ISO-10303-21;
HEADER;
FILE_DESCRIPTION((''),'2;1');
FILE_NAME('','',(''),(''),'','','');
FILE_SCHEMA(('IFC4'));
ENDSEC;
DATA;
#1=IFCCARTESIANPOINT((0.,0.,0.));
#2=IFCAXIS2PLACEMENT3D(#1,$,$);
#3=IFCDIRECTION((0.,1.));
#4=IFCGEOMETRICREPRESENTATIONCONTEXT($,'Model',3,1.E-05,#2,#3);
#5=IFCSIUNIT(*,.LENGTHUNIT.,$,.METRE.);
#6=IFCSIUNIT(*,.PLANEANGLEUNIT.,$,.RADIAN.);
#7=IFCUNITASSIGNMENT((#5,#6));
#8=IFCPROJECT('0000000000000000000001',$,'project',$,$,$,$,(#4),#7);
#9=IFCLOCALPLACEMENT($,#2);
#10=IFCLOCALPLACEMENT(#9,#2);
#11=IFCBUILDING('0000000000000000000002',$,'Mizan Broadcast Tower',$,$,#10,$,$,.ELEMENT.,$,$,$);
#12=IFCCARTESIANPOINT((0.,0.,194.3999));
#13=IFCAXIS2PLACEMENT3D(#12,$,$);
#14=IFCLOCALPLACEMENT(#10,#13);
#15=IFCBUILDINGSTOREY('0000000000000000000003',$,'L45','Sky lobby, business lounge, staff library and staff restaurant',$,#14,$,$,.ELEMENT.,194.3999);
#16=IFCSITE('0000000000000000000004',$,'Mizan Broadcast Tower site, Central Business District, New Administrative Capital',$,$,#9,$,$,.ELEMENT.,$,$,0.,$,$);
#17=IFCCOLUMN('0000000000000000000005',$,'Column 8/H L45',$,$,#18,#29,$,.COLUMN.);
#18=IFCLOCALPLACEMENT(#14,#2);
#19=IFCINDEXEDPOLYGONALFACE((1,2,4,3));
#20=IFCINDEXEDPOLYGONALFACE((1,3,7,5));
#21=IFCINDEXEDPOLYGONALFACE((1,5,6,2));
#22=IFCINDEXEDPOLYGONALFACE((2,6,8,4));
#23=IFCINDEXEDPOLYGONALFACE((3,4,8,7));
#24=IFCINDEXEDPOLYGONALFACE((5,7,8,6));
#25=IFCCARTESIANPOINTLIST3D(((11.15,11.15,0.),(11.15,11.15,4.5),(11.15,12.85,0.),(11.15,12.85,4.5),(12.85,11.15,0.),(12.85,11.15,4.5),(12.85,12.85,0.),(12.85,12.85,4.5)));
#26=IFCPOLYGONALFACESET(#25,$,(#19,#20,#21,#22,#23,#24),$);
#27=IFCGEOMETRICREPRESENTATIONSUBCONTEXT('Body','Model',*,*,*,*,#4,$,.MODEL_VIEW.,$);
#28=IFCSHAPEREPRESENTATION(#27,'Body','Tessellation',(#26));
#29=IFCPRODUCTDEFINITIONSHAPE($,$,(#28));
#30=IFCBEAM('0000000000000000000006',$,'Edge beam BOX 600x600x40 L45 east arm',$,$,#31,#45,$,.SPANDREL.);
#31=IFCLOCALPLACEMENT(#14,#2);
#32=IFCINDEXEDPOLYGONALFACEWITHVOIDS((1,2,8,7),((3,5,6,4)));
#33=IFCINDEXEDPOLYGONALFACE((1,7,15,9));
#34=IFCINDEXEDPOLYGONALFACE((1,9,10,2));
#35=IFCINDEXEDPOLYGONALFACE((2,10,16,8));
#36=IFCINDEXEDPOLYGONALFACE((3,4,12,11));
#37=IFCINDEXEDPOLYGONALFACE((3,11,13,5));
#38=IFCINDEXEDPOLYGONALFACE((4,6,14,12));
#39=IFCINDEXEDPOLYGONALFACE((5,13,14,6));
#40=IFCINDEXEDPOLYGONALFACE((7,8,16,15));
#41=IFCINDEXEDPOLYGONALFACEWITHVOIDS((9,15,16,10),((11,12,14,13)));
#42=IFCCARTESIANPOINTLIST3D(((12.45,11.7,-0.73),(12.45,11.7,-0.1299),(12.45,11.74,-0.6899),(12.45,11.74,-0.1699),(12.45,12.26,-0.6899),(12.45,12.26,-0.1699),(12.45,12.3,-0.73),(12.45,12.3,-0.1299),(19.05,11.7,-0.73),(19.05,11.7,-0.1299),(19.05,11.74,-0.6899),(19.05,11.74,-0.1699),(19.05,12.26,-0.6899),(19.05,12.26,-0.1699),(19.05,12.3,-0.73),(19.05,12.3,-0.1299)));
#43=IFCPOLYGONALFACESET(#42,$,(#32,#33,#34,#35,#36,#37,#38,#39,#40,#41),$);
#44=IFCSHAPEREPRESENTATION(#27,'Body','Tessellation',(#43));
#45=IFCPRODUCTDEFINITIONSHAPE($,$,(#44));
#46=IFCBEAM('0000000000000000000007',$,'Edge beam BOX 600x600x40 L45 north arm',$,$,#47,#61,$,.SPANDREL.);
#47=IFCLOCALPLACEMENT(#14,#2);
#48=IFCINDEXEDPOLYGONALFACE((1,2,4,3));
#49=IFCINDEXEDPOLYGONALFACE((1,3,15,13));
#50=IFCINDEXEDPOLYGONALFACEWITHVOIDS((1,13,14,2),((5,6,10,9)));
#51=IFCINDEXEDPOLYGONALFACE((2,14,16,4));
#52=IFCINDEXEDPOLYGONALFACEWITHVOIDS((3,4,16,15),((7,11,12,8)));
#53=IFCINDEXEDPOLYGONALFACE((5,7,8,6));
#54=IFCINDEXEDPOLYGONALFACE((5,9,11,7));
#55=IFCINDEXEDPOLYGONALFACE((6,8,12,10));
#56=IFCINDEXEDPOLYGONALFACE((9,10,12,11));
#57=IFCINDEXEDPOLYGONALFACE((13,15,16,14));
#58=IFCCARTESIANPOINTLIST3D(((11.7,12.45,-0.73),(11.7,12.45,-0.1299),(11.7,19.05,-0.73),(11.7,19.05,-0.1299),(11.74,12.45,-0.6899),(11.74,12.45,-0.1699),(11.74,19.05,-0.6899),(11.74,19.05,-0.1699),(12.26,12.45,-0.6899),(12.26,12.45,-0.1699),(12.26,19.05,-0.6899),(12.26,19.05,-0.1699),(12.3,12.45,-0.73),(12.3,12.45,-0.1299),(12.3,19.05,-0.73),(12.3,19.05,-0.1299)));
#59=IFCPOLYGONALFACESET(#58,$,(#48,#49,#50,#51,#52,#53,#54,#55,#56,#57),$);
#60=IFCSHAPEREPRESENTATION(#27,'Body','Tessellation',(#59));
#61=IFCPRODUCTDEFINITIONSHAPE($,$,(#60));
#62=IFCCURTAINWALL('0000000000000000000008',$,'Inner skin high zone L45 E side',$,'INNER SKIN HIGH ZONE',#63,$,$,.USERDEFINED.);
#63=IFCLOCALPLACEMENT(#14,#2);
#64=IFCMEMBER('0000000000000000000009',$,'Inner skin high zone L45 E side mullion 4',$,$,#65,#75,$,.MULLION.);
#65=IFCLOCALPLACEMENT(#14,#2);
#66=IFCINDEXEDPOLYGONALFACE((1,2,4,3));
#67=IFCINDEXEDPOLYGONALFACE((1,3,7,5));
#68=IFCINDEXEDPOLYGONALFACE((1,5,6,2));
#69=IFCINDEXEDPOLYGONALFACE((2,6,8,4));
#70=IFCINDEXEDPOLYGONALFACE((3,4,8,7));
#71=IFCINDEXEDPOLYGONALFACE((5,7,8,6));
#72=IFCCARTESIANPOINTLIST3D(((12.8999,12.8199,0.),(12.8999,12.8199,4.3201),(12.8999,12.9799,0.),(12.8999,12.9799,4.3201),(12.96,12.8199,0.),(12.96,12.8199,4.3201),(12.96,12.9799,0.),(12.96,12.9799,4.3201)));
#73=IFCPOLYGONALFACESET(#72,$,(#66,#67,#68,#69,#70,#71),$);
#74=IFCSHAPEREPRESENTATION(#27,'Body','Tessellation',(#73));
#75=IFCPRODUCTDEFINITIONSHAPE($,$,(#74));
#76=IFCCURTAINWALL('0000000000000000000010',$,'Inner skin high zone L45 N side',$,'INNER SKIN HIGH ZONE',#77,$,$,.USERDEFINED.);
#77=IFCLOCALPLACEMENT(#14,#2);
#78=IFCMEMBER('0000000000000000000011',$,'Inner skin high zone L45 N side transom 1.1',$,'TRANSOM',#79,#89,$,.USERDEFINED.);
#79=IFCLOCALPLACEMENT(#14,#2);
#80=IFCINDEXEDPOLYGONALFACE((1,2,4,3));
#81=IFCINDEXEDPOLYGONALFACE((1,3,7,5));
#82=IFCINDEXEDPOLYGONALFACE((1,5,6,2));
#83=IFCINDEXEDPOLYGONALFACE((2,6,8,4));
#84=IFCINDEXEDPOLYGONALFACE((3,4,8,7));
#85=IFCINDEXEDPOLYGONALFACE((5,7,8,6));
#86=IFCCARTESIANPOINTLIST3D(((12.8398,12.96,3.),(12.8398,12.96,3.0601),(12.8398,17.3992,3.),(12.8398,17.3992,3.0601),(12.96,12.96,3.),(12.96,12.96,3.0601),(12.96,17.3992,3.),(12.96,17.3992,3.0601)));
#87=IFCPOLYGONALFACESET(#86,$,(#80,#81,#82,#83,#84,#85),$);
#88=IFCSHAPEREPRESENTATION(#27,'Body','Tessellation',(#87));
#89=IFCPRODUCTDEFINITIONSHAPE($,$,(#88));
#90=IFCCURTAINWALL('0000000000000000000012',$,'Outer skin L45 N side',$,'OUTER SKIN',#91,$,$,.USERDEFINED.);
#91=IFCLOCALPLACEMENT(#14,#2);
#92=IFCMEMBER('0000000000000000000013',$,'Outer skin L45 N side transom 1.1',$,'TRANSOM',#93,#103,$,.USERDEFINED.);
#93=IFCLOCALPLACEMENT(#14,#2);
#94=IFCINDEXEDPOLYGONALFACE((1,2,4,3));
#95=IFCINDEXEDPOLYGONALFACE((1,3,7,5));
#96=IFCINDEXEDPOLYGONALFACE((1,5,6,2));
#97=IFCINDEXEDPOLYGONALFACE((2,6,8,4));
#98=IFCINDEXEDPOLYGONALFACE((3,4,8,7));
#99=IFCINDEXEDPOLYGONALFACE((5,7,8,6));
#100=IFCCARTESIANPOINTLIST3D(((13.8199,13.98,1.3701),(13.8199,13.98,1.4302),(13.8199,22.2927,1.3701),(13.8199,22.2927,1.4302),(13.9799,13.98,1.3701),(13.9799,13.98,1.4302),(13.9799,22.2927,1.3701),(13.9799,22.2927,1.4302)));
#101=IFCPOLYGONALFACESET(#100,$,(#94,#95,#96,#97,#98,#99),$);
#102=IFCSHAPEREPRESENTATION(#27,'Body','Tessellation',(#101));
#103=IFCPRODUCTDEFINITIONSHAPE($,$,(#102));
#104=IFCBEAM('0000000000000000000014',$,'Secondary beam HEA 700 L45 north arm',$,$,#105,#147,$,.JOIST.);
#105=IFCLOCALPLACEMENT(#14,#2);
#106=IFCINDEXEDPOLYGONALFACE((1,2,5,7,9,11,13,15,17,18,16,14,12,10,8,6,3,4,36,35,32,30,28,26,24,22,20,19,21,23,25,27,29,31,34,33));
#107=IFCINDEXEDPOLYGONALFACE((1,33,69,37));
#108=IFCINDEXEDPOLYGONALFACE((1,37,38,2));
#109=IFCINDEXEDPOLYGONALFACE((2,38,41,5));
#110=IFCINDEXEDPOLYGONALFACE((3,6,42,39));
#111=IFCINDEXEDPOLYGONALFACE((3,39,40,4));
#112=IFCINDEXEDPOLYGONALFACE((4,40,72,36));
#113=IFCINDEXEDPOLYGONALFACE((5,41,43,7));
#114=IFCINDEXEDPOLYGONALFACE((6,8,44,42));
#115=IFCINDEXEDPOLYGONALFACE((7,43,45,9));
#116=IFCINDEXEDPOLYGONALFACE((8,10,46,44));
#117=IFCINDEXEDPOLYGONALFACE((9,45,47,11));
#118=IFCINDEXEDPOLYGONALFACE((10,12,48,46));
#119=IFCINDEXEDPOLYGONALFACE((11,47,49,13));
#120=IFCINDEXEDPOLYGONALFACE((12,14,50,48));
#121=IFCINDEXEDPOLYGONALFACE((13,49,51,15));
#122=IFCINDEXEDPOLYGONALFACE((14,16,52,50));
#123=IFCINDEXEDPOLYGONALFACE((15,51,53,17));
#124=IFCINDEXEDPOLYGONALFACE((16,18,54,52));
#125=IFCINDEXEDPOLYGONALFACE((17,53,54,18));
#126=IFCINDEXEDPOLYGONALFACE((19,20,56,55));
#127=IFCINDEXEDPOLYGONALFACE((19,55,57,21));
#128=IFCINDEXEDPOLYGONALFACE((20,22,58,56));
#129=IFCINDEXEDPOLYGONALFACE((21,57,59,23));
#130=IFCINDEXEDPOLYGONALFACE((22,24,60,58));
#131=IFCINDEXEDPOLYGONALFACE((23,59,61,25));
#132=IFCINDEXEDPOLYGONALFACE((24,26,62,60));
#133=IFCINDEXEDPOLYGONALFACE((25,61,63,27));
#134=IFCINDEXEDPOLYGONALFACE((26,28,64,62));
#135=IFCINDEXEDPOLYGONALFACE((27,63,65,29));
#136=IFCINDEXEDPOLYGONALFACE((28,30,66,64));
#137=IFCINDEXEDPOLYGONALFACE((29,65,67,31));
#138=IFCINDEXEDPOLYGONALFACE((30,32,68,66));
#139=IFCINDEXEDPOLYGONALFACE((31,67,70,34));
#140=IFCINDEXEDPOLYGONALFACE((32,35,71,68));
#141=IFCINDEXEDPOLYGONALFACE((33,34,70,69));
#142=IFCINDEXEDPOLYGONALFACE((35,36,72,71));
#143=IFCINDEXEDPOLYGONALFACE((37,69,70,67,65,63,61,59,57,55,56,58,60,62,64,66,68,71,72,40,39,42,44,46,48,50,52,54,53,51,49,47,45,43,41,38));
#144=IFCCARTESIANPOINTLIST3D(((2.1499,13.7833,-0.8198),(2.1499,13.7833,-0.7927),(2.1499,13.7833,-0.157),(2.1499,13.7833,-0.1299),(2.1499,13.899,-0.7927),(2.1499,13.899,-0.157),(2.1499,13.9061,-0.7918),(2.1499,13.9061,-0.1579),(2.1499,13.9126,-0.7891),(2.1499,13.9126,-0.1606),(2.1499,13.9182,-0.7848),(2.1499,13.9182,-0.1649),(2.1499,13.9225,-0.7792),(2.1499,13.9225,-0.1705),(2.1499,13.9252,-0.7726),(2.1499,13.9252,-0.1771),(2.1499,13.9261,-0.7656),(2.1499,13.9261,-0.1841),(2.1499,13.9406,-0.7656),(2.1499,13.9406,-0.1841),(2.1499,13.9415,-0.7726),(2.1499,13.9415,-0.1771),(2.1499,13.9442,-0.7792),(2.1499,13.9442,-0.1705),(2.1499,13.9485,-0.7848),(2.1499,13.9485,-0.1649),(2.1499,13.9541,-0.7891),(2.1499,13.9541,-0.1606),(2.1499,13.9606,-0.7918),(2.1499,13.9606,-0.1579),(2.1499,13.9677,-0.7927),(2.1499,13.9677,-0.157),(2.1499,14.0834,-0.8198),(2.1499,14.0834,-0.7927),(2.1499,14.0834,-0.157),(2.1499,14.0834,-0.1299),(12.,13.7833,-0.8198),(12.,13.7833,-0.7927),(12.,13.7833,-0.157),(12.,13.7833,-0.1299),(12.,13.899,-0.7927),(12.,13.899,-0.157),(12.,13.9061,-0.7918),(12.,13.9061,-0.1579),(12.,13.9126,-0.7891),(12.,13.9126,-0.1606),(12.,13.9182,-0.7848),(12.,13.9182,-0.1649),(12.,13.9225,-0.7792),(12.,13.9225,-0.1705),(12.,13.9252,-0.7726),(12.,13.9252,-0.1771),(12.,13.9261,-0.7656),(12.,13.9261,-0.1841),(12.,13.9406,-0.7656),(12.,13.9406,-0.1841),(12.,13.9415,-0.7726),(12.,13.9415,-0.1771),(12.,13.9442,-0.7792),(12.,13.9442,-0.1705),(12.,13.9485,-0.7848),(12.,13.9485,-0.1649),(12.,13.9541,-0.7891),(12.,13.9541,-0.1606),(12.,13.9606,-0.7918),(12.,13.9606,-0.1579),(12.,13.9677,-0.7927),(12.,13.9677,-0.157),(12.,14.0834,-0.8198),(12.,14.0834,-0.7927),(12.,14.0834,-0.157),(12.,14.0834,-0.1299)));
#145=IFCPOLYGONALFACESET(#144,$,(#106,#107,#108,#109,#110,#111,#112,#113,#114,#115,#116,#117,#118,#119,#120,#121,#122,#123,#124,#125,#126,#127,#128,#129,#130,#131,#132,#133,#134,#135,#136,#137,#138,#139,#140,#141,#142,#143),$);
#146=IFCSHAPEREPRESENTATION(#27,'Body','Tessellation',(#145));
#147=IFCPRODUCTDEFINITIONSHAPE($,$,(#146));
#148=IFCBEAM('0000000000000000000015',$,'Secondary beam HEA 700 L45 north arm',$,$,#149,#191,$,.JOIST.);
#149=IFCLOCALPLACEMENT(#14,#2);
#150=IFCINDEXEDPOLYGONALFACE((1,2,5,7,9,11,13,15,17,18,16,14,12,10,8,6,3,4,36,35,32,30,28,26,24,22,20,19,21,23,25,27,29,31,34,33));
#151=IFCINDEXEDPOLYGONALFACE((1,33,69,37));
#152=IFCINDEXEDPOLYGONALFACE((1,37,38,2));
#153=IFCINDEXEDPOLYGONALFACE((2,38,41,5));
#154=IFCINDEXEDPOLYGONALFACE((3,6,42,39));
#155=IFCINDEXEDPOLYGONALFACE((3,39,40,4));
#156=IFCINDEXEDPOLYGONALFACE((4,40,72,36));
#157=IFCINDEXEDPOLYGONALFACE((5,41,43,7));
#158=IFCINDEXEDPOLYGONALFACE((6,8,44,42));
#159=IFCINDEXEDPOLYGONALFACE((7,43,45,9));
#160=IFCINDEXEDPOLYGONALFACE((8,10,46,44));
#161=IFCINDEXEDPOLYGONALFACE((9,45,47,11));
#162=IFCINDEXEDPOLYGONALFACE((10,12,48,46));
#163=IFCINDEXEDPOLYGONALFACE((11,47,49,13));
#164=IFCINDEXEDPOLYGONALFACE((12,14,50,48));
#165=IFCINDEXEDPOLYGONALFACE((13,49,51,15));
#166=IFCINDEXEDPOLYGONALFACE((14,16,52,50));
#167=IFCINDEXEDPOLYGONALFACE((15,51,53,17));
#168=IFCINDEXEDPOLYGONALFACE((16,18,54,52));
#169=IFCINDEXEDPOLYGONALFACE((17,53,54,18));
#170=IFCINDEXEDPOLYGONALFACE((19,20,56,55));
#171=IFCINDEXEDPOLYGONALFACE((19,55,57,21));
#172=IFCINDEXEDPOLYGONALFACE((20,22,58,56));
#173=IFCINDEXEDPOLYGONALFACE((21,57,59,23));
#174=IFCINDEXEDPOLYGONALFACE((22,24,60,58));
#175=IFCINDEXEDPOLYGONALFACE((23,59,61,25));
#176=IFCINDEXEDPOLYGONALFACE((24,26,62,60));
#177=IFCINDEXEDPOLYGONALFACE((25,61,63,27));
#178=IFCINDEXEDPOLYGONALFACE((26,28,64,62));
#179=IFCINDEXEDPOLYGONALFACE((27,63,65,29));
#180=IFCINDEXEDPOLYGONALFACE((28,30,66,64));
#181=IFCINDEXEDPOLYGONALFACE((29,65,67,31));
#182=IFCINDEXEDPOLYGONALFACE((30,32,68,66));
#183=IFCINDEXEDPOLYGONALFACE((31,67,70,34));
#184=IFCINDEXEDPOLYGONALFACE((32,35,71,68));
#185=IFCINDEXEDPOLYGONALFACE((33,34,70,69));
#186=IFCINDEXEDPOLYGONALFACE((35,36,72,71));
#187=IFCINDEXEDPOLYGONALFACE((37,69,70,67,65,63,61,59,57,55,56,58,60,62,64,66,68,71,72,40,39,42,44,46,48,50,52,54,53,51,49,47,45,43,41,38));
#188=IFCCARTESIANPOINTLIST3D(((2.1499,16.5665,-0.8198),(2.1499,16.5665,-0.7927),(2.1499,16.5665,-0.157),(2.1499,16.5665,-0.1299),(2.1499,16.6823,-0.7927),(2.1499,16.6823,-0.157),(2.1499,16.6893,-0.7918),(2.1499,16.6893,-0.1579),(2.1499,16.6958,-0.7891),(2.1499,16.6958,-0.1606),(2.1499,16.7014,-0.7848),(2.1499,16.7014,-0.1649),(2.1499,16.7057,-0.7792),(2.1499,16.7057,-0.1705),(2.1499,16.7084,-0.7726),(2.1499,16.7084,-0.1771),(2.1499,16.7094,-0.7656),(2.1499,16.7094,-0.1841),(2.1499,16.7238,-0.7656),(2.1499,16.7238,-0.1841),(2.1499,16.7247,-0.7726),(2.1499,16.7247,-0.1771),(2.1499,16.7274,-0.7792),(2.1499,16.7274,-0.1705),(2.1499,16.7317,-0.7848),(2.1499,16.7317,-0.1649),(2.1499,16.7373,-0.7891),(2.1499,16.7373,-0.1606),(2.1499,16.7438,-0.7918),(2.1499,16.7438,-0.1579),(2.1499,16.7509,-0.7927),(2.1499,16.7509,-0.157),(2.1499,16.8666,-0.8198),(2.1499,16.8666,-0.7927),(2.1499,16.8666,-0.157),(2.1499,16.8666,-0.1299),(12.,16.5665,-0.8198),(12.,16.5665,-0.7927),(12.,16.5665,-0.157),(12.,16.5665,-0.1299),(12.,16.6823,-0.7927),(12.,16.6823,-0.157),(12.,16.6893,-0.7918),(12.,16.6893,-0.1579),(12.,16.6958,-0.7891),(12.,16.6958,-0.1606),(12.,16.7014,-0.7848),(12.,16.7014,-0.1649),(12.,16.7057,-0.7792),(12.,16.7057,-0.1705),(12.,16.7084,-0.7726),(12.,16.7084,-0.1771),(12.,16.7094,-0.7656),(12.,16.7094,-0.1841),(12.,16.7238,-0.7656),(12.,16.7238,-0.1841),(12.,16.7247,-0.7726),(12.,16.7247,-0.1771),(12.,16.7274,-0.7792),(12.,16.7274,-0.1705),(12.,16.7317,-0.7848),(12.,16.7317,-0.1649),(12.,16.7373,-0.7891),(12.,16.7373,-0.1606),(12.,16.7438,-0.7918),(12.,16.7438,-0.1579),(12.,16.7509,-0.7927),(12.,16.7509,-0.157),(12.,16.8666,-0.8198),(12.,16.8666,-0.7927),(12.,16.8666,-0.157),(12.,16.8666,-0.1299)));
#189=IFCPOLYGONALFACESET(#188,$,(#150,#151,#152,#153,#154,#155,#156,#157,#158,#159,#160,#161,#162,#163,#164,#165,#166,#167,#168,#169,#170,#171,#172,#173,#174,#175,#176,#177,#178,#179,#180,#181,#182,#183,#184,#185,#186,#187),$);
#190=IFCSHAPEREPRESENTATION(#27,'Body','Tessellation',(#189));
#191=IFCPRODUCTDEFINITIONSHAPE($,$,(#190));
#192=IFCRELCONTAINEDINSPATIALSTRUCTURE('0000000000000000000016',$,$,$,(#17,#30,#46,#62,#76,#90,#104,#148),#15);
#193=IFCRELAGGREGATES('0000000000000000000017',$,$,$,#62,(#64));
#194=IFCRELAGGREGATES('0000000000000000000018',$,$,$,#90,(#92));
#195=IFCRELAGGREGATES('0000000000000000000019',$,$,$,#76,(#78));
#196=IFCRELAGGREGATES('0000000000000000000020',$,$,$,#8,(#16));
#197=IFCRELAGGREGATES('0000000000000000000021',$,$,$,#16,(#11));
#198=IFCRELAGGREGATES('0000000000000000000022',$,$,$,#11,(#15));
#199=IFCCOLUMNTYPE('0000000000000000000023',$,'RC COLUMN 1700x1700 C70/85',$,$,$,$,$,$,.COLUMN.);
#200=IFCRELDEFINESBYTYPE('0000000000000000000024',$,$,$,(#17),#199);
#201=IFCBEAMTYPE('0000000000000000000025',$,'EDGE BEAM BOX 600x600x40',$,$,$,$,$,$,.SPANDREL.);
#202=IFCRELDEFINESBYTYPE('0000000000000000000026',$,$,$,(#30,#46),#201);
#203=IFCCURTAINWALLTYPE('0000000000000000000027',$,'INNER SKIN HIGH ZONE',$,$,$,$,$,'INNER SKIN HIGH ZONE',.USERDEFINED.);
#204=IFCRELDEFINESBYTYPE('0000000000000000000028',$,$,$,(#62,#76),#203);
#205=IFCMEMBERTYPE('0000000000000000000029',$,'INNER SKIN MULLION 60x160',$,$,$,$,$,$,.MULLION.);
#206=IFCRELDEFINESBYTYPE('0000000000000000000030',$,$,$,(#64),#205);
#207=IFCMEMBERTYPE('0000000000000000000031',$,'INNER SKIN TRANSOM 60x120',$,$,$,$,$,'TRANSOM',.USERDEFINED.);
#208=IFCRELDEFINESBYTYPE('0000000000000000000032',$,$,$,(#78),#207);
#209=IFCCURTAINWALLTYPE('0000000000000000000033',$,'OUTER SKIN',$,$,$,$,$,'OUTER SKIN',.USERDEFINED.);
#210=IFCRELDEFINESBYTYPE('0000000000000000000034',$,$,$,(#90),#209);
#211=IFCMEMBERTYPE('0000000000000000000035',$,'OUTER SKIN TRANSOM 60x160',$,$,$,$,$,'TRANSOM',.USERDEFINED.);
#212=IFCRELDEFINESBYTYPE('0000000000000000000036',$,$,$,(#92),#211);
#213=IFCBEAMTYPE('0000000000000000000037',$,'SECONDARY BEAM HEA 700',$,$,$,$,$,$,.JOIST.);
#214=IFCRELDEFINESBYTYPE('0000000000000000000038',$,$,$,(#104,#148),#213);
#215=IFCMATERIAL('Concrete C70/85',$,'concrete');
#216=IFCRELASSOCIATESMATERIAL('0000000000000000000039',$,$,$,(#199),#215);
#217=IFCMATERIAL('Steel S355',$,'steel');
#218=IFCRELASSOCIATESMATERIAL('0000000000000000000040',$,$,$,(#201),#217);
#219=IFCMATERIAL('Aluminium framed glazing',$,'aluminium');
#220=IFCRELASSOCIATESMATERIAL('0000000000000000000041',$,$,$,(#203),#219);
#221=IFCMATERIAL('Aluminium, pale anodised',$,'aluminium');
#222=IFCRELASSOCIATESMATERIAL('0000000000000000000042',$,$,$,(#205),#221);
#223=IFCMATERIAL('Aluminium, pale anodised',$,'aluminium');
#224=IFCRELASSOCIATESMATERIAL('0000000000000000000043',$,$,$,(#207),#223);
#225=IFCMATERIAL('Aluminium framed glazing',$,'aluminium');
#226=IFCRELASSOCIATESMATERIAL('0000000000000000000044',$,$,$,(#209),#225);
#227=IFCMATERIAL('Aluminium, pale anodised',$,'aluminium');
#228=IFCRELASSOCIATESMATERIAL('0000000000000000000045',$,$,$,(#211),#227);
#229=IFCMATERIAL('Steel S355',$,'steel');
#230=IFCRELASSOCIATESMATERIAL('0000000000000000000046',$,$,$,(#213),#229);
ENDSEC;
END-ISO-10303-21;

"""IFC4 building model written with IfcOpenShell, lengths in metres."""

from ifc_helpers import new_model, si_unit, direction, frame, origin, origin_2d, place, context, subcontext, project, spatial, rectangle, hollow_rectangle, i_section, extrude, material, material_profile, profile_set, type_object, element, aggregate, save


model = new_model("IFC4")

# Units and contexts
model_context = context("Model", 3, precision=1e-05, world=origin(), true_north=direction((0.0, 1.0)))
body_context = subcontext(model_context, "Body", "Model", "MODEL_VIEW")
ifc_project = project(units=[si_unit("LENGTHUNIT", "METRE"), si_unit("PLANEANGLEUNIT", "RADIAN")], contexts=[model_context])

# Site, building, storey
site_placement = place(None, origin())
site = spatial("IfcSite", under=ifc_project, at=site_placement, Name="Mizan Broadcast Tower site, Central Business District, New Administrative Capital", CompositionType="ELEMENT", RefElevation=0.0)
building_placement = place(site_placement, origin())
building = spatial("IfcBuilding", under=site, at=building_placement, Name="Mizan Broadcast Tower", CompositionType="ELEMENT")
storey_placement = place(building_placement, frame((0.0, 0.0, 194.3999)))
storey = spatial("IfcBuildingStorey", under=building, at=storey_placement, Name="L45", Description="Sky lobby, business lounge, staff library and staff restaurant", CompositionType="ELEMENT", Elevation=194.3999)

# Column
ifc_material_1 = material(Name="Concrete C70/85", Category="concrete")
ifc_material_profile_1 = material_profile(ifc_material_1, rectangle(XDim=1.7, YDim=1.7, at=origin_2d()), Name="RC 1700x1700")
ifc_profile_set_1 = profile_set([ifc_material_profile_1], Name="Concrete C70/85")
column_type = type_object("IfcColumnType", Name="RC COLUMN 1700x1700 C70/85", PredefinedType="COLUMN", material=ifc_profile_set_1)
column_placement = place(storey_placement, frame((12.0, 12.0, 0.0), z_axis=(0.0, 0.0, 1.0), x_axis=(1.0, 0.0, 0.0)))
element("IfcColumn", 1, at=column_placement, inside=storey, type_object=column_type, Name="Column 8/H L45", PredefinedType="COLUMN", context=body_context, shape_type="SweptSolid", body=[
    extrude(rectangle(XDim=1.7, YDim=1.7, at=origin_2d()), origin(), (0.0, 0.0, 1.0), 4.5),
])

# Beams
ifc_material_2 = material(Name="Steel S355", Category="steel")
ifc_material_profile_2 = material_profile(ifc_material_2, hollow_rectangle(XDim=0.6001, YDim=0.6001, WallThickness=0.04, at=origin_2d()), Name="BOX 600x600x40")
ifc_profile_set_2 = profile_set([ifc_material_profile_2], Name="Steel S355")
beam_type_1 = type_object("IfcBeamType", Name="EDGE BEAM BOX 600x600x40", PredefinedType="SPANDREL", material=ifc_profile_set_2)
for number, where, z_axis, x_axis, name in (
    (2, (12.45, 12.0, -0.4299), (1.0, 0.0, 0.0), (0.0, 1.0, 0.0), "Edge beam BOX 600x600x40 L45 east arm"),
    (3, (12.0, 12.45, -0.4299), (0.0, 1.0, 0.0), (-1.0, 0.0, 0.0), "Edge beam BOX 600x600x40 L45 north arm"),
):
    element("IfcBeam", number, at=place(storey_placement, frame(where, z_axis=z_axis, x_axis=x_axis)), inside=storey, type_object=beam_type_1, Name=name, PredefinedType="SPANDREL", context=body_context, shape_type="SweptSolid", body=[
        extrude(hollow_rectangle(XDim=0.6001, YDim=0.6001, WallThickness=0.04, at=origin_2d()), origin(), (0.0, 0.0, 1.0), 6.6001),
    ])

# Curtain walls, members
ifc_material_3 = material(Name="Aluminium framed glazing", Category="aluminium")
curtain_wall_type_1 = type_object("IfcCurtainWallType", Name="INNER SKIN HIGH ZONE", ElementType="INNER SKIN HIGH ZONE", PredefinedType="USERDEFINED", material=ifc_material_3)
curtain_wall_1_placement = place(storey_placement, origin())
curtain_wall_1 = element("IfcCurtainWall", 4, at=curtain_wall_1_placement, inside=storey, type_object=curtain_wall_type_1, Name="Inner skin high zone L45 E side", ObjectType="INNER SKIN HIGH ZONE", PredefinedType="USERDEFINED")
ifc_material_4 = material(Name="Aluminium, pale anodised", Category="aluminium")
ifc_material_profile_3 = material_profile(ifc_material_4, rectangle(XDim=0.1599, YDim=0.0601, at=origin_2d()), Name="MULLION 160x60")
ifc_profile_set_3 = profile_set([ifc_material_profile_3], Name="Aluminium, pale anodised")
member_type_1 = type_object("IfcMemberType", Name="INNER SKIN MULLION 60x160", PredefinedType="MULLION", material=ifc_profile_set_3)
member_1_placement = place(storey_placement, frame((12.9299, 12.8999, 0.0), z_axis=(0.0, 0.0, 1.0), x_axis=(0.0, -1.0, 0.0)))
member_1 = element("IfcMember", 5, at=member_1_placement, type_object=member_type_1, Name="Inner skin high zone L45 E side mullion 4", PredefinedType="MULLION", context=body_context, shape_type="SweptSolid", body=[
    extrude(rectangle(XDim=0.1599, YDim=0.0601, at=origin_2d()), origin(), (0.0, 0.0, 1.0), 4.3201),
])
aggregate(curtain_wall_1, [member_1])
curtain_wall_2_placement = place(storey_placement, origin())
curtain_wall_2 = element("IfcCurtainWall", 6, at=curtain_wall_2_placement, inside=storey, type_object=curtain_wall_type_1, Name="Inner skin high zone L45 N side", ObjectType="INNER SKIN HIGH ZONE", PredefinedType="USERDEFINED")
ifc_material_5 = material(Name="Aluminium, pale anodised", Category="aluminium")
ifc_material_profile_4 = material_profile(ifc_material_5, rectangle(XDim=0.1201, YDim=0.0601, at=origin_2d()), Name="TRANSOM 120x60")
ifc_profile_set_4 = profile_set([ifc_material_profile_4], Name="Aluminium, pale anodised")
member_type_2 = type_object("IfcMemberType", Name="INNER SKIN TRANSOM 60x120", ElementType="TRANSOM", PredefinedType="USERDEFINED", material=ifc_profile_set_4)
member_2_placement = place(storey_placement, frame((12.8999, 12.96, 3.03), z_axis=(0.0, 1.0, 0.0), x_axis=(-1.0, 0.0, 0.0)))
member_2 = element("IfcMember", 7, at=member_2_placement, type_object=member_type_2, Name="Inner skin high zone L45 N side transom 1.1", ObjectType="TRANSOM", PredefinedType="USERDEFINED", context=body_context, shape_type="SweptSolid", body=[
    extrude(rectangle(XDim=0.1201, YDim=0.0601, at=origin_2d()), origin(), (0.0, 0.0, 1.0), 4.4392),
])
ifc_material_6 = material(Name="Aluminium framed glazing", Category="aluminium")
curtain_wall_type_2 = type_object("IfcCurtainWallType", Name="OUTER SKIN", ElementType="OUTER SKIN", PredefinedType="USERDEFINED", material=ifc_material_6)
curtain_wall_3_placement = place(storey_placement, origin())
curtain_wall_3 = element("IfcCurtainWall", 8, at=curtain_wall_3_placement, inside=storey, type_object=curtain_wall_type_2, Name="Outer skin L45 N side", ObjectType="OUTER SKIN", PredefinedType="USERDEFINED")
ifc_material_7 = material(Name="Aluminium, pale anodised", Category="aluminium")
ifc_material_profile_5 = material_profile(ifc_material_7, rectangle(XDim=0.1599, YDim=0.0601, at=origin_2d()), Name="TRANSOM 160x60")
ifc_profile_set_5 = profile_set([ifc_material_profile_5], Name="Aluminium, pale anodised")
member_type_3 = type_object("IfcMemberType", Name="OUTER SKIN TRANSOM 60x160", ElementType="TRANSOM", PredefinedType="USERDEFINED", material=ifc_profile_set_5)
member_3_placement = place(storey_placement, frame((13.8999, 13.98, 1.4001), z_axis=(0.0, 1.0, 0.0), x_axis=(-1.0, 0.0, 0.0)))
member_3 = element("IfcMember", 9, at=member_3_placement, type_object=member_type_3, Name="Outer skin L45 N side transom 1.1", ObjectType="TRANSOM", PredefinedType="USERDEFINED", context=body_context, shape_type="SweptSolid", body=[
    extrude(rectangle(XDim=0.1599, YDim=0.0601, at=origin_2d()), origin(), (0.0, 0.0, 1.0), 8.3127),
])
aggregate(curtain_wall_3, [member_3])

# Beams
ifc_material_8 = material(Name="Steel S355", Category="steel")
ifc_material_profile_6 = material_profile(ifc_material_8, i_section(OverallWidth=0.3, OverallDepth=0.6899, WebThickness=0.0144, FlangeThickness=0.0271, FilletRadius=0.0271, at=origin_2d()), Name="HEA 700")
ifc_profile_set_6 = profile_set([ifc_material_profile_6], Name="Steel S355")
beam_type_2 = type_object("IfcBeamType", Name="SECONDARY BEAM HEA 700", PredefinedType="JOIST", material=ifc_profile_set_6)
for number, where, z_axis, x_axis, name in (
    (10, (12.0, 13.9333, -0.4749), (-1.0, 0.0, 0.0), (0.0, -1.0, 0.0), "Secondary beam HEA 700 L45 north arm"),
    (11, (12.0, 16.7166, -0.4749), (-1.0, 0.0, 0.0), (0.0, -1.0, 0.0), "Secondary beam HEA 700 L45 north arm"),
):
    element("IfcBeam", number, at=place(storey_placement, frame(where, z_axis=z_axis, x_axis=x_axis)), inside=storey, type_object=beam_type_2, Name=name, PredefinedType="JOIST", context=body_context, shape_type="SweptSolid", body=[
        extrude(i_section(OverallWidth=0.3, OverallDepth=0.6899, WebThickness=0.0144, FlangeThickness=0.0271, FilletRadius=0.0271, at=origin_2d()), origin(), (0.0, 0.0, 1.0), 9.8501),
    ])

aggregate(curtain_wall_2, [member_2])

save(model, "model.ifc")
